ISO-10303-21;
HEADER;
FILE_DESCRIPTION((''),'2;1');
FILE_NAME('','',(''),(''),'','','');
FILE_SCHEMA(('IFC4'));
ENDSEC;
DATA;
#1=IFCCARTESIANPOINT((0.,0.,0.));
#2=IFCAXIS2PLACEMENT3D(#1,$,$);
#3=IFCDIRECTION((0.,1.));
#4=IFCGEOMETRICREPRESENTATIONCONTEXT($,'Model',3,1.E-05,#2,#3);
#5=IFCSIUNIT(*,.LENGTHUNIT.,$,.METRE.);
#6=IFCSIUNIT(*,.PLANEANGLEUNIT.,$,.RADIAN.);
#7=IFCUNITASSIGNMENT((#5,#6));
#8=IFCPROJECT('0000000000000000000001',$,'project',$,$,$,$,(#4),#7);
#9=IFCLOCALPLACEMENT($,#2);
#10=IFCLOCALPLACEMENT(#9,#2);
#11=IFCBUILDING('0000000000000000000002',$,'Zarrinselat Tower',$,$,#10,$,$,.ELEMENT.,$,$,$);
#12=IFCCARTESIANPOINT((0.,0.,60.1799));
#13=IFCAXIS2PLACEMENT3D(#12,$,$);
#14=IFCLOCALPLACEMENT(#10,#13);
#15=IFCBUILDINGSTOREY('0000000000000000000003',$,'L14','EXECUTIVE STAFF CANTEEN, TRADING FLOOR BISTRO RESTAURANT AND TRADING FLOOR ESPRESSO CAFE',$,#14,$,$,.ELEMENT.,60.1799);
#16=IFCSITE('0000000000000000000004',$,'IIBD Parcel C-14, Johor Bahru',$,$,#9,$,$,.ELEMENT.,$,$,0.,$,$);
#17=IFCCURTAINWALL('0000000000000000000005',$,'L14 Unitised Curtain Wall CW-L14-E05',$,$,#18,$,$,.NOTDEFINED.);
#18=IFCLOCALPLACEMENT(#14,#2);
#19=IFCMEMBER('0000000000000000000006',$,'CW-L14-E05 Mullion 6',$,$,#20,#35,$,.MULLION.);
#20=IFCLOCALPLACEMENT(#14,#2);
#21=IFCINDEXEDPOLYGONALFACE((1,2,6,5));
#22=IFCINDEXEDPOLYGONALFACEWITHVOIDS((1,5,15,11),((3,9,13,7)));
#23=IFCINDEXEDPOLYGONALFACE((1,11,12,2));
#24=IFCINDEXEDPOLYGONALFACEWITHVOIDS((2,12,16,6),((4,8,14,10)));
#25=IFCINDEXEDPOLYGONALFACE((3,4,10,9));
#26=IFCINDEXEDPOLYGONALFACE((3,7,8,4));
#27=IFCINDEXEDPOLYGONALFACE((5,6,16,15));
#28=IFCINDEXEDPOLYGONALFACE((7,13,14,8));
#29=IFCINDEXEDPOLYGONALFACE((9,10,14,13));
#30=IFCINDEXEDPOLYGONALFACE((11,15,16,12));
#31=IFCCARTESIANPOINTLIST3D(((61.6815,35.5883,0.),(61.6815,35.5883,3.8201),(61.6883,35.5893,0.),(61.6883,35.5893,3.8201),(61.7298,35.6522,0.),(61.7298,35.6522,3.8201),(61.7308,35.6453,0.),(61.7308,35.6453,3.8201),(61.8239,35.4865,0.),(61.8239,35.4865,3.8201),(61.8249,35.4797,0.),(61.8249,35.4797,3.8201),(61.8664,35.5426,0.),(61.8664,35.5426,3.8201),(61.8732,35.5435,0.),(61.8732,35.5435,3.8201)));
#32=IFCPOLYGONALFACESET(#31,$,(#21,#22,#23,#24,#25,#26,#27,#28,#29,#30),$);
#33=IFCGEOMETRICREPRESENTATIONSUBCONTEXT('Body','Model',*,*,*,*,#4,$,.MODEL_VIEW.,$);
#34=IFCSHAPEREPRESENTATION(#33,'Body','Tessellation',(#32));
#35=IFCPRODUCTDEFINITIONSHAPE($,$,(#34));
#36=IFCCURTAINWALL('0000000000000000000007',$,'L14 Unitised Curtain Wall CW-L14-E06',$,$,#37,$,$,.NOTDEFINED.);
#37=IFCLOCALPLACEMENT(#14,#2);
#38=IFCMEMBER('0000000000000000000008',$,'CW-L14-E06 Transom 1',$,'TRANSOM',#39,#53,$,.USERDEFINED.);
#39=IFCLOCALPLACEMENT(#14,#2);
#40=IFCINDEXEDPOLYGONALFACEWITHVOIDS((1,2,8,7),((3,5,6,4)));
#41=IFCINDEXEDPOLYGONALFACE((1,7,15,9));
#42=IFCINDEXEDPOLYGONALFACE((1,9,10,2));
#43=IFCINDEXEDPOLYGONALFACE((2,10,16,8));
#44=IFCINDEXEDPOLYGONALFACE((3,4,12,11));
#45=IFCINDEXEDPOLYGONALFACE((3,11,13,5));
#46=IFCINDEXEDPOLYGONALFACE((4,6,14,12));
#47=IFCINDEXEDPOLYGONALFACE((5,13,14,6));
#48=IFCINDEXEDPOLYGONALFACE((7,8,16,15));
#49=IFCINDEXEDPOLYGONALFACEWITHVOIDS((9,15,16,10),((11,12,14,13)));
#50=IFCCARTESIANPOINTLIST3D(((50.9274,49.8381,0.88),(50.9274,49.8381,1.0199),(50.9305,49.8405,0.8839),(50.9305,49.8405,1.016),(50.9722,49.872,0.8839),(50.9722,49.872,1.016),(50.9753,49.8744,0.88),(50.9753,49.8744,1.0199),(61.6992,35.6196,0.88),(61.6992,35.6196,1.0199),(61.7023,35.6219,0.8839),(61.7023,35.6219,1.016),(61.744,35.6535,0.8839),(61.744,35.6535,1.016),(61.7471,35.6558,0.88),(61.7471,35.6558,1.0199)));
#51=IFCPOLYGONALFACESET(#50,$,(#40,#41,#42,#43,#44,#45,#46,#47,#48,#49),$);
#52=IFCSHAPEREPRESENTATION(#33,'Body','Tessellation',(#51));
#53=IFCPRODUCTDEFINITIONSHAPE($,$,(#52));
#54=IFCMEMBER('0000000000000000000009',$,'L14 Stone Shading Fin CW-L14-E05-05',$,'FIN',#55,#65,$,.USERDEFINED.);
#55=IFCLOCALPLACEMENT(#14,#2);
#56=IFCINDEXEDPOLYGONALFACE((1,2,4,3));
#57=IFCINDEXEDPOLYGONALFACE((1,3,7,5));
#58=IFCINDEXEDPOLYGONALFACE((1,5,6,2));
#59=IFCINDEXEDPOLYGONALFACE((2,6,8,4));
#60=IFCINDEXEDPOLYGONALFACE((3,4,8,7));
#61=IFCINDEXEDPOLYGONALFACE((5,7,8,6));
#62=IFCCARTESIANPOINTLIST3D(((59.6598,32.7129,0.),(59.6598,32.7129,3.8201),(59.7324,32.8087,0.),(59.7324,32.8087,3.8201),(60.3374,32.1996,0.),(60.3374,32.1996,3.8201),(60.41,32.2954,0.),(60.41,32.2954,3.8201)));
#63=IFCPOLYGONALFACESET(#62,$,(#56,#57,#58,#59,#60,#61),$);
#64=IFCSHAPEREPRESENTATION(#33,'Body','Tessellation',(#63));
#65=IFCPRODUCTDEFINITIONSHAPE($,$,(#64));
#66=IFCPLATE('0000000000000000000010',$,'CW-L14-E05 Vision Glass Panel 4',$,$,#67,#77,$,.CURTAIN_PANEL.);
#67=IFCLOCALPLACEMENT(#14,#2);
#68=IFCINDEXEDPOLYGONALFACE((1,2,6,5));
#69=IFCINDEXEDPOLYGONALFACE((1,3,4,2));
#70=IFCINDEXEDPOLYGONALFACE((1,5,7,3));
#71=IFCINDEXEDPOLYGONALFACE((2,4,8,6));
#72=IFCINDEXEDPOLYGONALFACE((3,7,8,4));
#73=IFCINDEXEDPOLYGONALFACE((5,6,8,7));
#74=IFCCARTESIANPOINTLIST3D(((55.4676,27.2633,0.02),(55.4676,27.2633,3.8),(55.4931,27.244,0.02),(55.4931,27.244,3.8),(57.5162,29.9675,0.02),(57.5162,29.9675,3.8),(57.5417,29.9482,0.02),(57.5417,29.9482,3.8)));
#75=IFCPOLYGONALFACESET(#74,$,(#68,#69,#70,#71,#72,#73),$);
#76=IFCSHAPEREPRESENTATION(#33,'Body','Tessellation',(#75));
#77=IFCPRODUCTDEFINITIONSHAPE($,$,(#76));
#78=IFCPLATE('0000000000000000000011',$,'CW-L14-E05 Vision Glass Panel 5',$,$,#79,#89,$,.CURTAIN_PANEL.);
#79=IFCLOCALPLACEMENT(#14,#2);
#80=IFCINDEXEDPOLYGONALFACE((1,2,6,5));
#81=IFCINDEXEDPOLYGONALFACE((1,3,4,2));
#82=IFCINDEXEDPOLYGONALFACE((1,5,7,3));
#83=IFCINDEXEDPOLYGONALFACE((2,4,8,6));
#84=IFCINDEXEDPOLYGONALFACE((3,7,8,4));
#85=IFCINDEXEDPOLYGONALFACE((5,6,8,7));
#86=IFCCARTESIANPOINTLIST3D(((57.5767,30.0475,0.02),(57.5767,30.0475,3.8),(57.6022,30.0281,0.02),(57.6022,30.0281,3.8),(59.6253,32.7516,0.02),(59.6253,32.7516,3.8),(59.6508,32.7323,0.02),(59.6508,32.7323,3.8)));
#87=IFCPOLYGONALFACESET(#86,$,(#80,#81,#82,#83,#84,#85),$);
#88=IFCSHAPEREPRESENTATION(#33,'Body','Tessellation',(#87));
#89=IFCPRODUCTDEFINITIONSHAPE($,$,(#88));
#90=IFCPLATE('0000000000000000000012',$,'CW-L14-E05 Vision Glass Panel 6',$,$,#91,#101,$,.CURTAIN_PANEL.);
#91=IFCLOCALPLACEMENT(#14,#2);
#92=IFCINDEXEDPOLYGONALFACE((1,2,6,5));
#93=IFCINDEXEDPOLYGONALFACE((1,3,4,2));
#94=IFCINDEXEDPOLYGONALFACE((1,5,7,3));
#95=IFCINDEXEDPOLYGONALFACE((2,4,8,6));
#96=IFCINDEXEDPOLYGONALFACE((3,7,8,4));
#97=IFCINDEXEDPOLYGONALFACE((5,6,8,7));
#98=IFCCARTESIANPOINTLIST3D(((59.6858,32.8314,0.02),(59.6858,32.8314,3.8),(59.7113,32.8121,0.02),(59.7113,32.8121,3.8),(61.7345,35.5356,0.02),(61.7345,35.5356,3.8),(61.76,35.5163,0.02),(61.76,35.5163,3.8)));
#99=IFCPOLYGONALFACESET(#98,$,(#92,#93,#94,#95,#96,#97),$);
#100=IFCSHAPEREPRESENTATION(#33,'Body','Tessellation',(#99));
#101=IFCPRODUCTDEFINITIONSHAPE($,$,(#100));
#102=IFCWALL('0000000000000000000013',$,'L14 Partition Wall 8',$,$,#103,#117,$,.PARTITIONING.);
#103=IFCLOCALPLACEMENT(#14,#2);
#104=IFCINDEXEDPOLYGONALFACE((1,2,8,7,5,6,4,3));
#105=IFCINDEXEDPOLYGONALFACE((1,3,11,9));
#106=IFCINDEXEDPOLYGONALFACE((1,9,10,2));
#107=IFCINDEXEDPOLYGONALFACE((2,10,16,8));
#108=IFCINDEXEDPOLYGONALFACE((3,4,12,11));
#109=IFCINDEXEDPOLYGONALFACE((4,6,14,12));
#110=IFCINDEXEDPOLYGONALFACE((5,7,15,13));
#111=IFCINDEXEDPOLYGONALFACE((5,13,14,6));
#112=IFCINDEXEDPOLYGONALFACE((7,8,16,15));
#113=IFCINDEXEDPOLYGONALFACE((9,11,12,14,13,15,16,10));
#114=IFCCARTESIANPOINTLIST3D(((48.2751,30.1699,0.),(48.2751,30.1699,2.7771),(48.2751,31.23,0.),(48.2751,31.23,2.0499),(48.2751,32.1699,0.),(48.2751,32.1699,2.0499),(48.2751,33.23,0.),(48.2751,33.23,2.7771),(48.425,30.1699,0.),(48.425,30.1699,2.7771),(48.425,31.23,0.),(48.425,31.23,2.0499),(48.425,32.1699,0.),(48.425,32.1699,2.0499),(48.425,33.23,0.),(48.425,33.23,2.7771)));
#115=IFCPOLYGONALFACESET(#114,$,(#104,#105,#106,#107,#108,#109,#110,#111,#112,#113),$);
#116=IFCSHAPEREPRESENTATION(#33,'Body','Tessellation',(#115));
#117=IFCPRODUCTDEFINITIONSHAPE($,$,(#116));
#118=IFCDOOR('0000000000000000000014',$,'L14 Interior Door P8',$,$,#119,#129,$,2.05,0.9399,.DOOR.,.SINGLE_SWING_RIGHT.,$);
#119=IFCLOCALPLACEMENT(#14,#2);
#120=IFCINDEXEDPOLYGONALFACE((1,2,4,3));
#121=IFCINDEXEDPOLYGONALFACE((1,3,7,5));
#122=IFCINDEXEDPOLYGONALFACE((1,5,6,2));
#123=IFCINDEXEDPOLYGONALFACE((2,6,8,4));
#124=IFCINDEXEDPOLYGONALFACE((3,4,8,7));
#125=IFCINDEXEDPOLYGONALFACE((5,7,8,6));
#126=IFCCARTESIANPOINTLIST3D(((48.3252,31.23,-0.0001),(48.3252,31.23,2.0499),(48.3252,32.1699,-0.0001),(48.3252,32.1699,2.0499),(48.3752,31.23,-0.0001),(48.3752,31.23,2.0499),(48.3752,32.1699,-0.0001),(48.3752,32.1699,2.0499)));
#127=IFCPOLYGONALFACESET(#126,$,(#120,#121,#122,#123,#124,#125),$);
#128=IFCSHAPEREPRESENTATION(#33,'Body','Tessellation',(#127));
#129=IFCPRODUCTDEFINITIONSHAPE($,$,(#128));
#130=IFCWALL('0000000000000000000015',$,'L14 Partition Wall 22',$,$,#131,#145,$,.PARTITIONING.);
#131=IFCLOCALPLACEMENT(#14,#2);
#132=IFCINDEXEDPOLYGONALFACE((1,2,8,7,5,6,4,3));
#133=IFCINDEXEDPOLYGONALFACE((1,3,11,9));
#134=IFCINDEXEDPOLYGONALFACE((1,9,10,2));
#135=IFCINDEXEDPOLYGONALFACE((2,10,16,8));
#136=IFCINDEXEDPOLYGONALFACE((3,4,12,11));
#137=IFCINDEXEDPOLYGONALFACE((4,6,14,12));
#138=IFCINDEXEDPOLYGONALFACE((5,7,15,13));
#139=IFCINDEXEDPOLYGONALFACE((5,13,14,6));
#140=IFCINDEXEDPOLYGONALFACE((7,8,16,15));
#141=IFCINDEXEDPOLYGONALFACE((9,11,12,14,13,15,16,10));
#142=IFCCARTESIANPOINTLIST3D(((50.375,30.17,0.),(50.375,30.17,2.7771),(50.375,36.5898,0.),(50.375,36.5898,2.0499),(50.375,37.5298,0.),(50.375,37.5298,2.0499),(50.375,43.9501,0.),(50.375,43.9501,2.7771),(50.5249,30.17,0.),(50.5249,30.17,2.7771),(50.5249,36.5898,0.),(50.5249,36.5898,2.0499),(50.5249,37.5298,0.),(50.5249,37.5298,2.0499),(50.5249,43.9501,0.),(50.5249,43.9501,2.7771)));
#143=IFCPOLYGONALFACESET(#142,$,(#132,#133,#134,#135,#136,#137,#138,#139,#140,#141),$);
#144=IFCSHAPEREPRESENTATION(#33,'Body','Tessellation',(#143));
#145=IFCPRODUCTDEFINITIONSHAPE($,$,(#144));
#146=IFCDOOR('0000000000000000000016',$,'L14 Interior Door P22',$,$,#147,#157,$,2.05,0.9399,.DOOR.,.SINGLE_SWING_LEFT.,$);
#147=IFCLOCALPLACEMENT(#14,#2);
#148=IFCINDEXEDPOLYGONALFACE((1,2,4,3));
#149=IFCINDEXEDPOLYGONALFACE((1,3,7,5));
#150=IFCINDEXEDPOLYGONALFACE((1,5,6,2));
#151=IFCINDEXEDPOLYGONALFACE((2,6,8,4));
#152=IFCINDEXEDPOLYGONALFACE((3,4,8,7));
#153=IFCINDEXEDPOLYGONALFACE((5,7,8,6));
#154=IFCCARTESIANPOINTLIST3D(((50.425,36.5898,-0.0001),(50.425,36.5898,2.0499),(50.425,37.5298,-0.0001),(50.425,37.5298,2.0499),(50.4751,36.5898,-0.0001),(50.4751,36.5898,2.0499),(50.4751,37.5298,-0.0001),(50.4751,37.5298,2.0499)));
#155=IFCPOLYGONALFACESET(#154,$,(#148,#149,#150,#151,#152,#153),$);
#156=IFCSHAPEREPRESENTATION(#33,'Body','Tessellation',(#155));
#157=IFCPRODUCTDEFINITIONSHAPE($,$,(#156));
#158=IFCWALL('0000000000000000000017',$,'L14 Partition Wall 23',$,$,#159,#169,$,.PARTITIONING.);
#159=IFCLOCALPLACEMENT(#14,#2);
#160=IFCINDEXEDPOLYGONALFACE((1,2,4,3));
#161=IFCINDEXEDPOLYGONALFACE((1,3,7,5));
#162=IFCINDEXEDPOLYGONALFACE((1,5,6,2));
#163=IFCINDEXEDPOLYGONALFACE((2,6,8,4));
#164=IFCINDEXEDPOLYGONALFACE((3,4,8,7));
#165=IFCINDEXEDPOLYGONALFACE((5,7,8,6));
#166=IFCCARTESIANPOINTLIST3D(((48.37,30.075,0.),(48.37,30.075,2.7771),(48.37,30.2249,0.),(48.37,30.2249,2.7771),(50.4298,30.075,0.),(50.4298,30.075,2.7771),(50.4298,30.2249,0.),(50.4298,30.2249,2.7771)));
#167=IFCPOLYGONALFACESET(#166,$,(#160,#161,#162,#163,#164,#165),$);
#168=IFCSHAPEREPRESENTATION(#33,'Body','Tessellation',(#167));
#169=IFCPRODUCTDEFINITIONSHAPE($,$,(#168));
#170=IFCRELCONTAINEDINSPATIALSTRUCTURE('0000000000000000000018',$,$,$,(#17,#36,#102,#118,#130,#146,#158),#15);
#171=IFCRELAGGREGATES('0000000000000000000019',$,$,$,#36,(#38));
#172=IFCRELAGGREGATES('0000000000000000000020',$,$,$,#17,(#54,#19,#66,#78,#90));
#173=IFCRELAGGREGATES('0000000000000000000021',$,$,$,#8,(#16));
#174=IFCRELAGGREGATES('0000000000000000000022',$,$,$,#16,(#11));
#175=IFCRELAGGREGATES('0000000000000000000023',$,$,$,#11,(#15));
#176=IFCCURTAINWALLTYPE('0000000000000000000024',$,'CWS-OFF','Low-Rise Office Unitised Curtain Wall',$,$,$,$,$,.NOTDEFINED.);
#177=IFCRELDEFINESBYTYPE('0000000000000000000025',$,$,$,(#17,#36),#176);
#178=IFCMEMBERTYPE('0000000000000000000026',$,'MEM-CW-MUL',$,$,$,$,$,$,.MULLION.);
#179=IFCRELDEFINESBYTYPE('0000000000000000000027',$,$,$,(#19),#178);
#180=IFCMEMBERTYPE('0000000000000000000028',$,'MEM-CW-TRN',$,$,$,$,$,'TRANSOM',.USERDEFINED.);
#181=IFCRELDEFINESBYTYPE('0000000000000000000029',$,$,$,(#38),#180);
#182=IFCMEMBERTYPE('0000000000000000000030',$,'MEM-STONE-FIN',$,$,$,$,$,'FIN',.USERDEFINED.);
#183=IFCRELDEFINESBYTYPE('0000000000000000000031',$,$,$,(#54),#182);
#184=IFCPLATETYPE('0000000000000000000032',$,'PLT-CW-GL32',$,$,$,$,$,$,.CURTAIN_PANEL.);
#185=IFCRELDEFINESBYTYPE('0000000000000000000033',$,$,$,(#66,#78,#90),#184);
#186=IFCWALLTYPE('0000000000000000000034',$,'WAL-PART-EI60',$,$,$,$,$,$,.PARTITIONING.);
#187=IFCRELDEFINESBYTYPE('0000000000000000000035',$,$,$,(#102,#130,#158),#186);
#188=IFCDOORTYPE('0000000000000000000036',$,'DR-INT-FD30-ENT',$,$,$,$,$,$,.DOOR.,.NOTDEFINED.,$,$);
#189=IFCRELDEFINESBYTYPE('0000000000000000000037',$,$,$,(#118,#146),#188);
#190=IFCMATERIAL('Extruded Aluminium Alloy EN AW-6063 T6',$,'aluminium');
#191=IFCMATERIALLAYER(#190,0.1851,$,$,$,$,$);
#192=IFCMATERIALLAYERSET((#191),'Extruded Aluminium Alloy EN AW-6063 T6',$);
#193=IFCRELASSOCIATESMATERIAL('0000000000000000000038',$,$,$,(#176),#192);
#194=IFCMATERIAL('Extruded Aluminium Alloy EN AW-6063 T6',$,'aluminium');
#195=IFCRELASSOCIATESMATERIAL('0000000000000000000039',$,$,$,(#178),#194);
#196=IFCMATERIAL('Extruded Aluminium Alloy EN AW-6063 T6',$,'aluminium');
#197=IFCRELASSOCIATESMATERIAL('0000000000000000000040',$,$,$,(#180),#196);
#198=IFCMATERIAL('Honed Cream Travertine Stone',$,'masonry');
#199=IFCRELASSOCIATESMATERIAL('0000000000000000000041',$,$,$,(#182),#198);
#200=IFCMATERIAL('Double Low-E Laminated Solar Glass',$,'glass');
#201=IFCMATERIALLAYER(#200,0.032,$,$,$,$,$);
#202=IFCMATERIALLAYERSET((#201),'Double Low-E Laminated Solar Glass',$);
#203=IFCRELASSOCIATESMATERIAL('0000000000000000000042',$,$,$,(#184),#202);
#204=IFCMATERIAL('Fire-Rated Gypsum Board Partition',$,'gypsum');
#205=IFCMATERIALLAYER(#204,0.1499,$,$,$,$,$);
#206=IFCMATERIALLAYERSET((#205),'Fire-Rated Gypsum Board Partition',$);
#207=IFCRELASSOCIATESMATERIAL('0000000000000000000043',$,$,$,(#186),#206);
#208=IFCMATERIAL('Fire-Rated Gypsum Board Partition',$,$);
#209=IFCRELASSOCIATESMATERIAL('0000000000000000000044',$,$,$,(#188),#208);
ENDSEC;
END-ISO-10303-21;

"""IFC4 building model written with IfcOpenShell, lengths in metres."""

from ifc_helpers import new_model, si_unit, direction, frame, frame_2d, origin, origin_2d, place, context, subcontext, project, spatial, rectangle, hollow_rectangle, extrude, material, layer, layer_set, material_profile, profile_set, type_object, element, fill, aggregate, save


model = new_model("IFC4")

# Units and contexts
model_context = context("Model", 3, precision=1e-05, world=origin(), true_north=direction((0.0, 1.0)))
body_context = subcontext(model_context, "Body", "Model", "MODEL_VIEW")
ifc_project = project(units=[si_unit("LENGTHUNIT", "METRE"), si_unit("PLANEANGLEUNIT", "RADIAN")], contexts=[model_context])

# Site, building, storey
site_placement = place(None, origin())
site = spatial("IfcSite", under=ifc_project, at=site_placement, Name="IIBD Parcel C-14, Johor Bahru", CompositionType="ELEMENT", RefElevation=0.0)
building_placement = place(site_placement, origin())
building = spatial("IfcBuilding", under=site, at=building_placement, Name="Zarrinselat Tower", CompositionType="ELEMENT")
storey_placement = place(building_placement, frame((0.0, 0.0, 60.1799)))
storey = spatial("IfcBuildingStorey", under=building, at=storey_placement, Name="L14", Description="EXECUTIVE STAFF CANTEEN, TRADING FLOOR BISTRO RESTAURANT AND TRADING FLOOR ESPRESSO CAFE", CompositionType="ELEMENT", Elevation=60.1799)

# Curtain wall, member
ifc_material_1 = material(Name="Extruded Aluminium Alloy EN AW-6063 T6", Category="aluminium")
ifc_layer_1 = layer(ifc_material_1, 0.1851)
ifc_layer_set_1 = layer_set([ifc_layer_1], Name="Extruded Aluminium Alloy EN AW-6063 T6")
curtain_wall_type = type_object("IfcCurtainWallType", Name="CWS-OFF", Description="Low-Rise Office Unitised Curtain Wall", PredefinedType="NOTDEFINED", material=ifc_layer_set_1)
curtain_wall_1_placement = place(storey_placement, origin())
curtain_wall_1 = element("IfcCurtainWall", 1, at=curtain_wall_1_placement, inside=storey, type_object=curtain_wall_type, Name="L14 Unitised Curtain Wall CW-L14-E05", PredefinedType="NOTDEFINED")
ifc_material_2 = material(Name="Extruded Aluminium Alloy EN AW-6063 T6", Category="aluminium")
ifc_material_profile_1 = material_profile(ifc_material_2, hollow_rectangle(XDim=0.0801, YDim=0.1799, WallThickness=0.0049, at=origin_2d()), Name="RHS 180x80x5")
ifc_profile_set_1 = profile_set([ifc_material_profile_1], Name="Extruded Aluminium Alloy EN AW-6063 T6")
member_type_1 = type_object("IfcMemberType", Name="MEM-CW-MUL", PredefinedType="MULLION", material=ifc_profile_set_1)
member_1_placement = place(storey_placement, frame((61.7773, 35.5659, 0.0), z_axis=(0.0, 0.0, 1.0), x_axis=(0.603861, 0.79709, 0.0)))
member_1 = element("IfcMember", 2, at=member_1_placement, type_object=member_type_1, Name="CW-L14-E05 Mullion 6", PredefinedType="MULLION", context=body_context, shape_type="SweptSolid", body=[
    extrude(hollow_rectangle(XDim=0.0801, YDim=0.1799, WallThickness=0.0049, at=origin_2d()), origin(), (0.0, 0.0, 1.0), 3.8201),
])

# Curtain wall, member
curtain_wall_2_placement = place(storey_placement, origin())
curtain_wall_2 = element("IfcCurtainWall", 3, at=curtain_wall_2_placement, inside=storey, type_object=curtain_wall_type, Name="L14 Unitised Curtain Wall CW-L14-E06", PredefinedType="NOTDEFINED")
ifc_material_3 = material(Name="Extruded Aluminium Alloy EN AW-6063 T6", Category="aluminium")
ifc_material_profile_2 = material_profile(ifc_material_3, hollow_rectangle(XDim=0.0601, YDim=0.1399, WallThickness=0.0039, at=origin_2d()), Name="RHS 140x60x4")
ifc_profile_set_2 = profile_set([ifc_material_profile_2], Name="Extruded Aluminium Alloy EN AW-6063 T6")
member_type_2 = type_object("IfcMemberType", Name="MEM-CW-TRN", ElementType="TRANSOM", PredefinedType="USERDEFINED", material=ifc_profile_set_2)
member_2_placement = place(storey_placement, frame((61.7231, 35.6377, 0.95), z_axis=(-0.603862, 0.797089, 0.0), x_axis=(-0.797089, -0.603862, 0.0)))
member_2 = element("IfcMember", 4, at=member_2_placement, type_object=member_type_2, Name="CW-L14-E06 Transom 1", ObjectType="TRANSOM", PredefinedType="USERDEFINED", context=body_context, shape_type="SweptSolid", body=[
    extrude(hollow_rectangle(XDim=0.0601, YDim=0.1399, WallThickness=0.0039, at=origin_2d()), origin(), (0.0, 0.0, 1.0), 17.8381),
])
aggregate(curtain_wall_2, [member_2])

# Member
ifc_material_4 = material(Name="Honed Cream Travertine Stone", Category="masonry")
ifc_material_profile_3 = material_profile(ifc_material_4, rectangle(XDim=0.1201, YDim=0.8501, at=origin_2d()), Name="FIN 850x120")
ifc_profile_set_3 = profile_set([ifc_material_profile_3], Name="Honed Cream Travertine Stone")
member_type_3 = type_object("IfcMemberType", Name="MEM-STONE-FIN", ElementType="FIN", PredefinedType="USERDEFINED", material=ifc_profile_set_3)
member_3_placement = place(storey_placement, frame((60.0349, 32.5042, 0.0), z_axis=(0.0, 0.0, 1.0), x_axis=(-0.603861, -0.79709, 0.0)))
member_3 = element("IfcMember", 5, at=member_3_placement, type_object=member_type_3, Name="L14 Stone Shading Fin CW-L14-E05-05", ObjectType="FIN", PredefinedType="USERDEFINED", context=body_context, shape_type="SweptSolid", body=[
    extrude(rectangle(XDim=0.1201, YDim=0.8501, at=origin_2d()), origin(), (0.0, 0.0, 1.0), 3.8201),
])

# Plates
ifc_material_5 = material(Name="Double Low-E Laminated Solar Glass", Category="glass")
ifc_layer_2 = layer(ifc_material_5, 0.032)
ifc_layer_set_2 = layer_set([ifc_layer_2], Name="Double Low-E Laminated Solar Glass")
plate_type = type_object("IfcPlateType", Name="PLT-CW-GL32", PredefinedType="CURTAIN_PANEL", material=ifc_layer_set_2)
plate_1_placement = place(storey_placement, frame((56.5046, 28.6057, 0.02), z_axis=(0.0, 0.0, 1.0), x_axis=(0.603861, 0.79709, 0.0)))
plate_1 = element("IfcPlate", 6, at=plate_1_placement, type_object=plate_type, Name="CW-L14-E05 Vision Glass Panel 4", PredefinedType="CURTAIN_PANEL", context=body_context, shape_type="SweptSolid", body=[
    extrude(rectangle(XDim=3.3926, YDim=0.032, at=origin_2d()), origin(), (0.0, 0.0, 1.0), 3.78),
])
plate_2_placement = place(storey_placement, frame((58.6138, 31.3899, 0.02), z_axis=(0.0, 0.0, 1.0), x_axis=(0.603861, 0.79709, 0.0)))
plate_2 = element("IfcPlate", 7, at=plate_2_placement, type_object=plate_type, Name="CW-L14-E05 Vision Glass Panel 5", PredefinedType="CURTAIN_PANEL", context=body_context, shape_type="SweptSolid", body=[
    extrude(rectangle(XDim=3.3926, YDim=0.032, at=origin_2d()), origin(), (0.0, 0.0, 1.0), 3.78),
])
plate_3_placement = place(storey_placement, frame((60.7229, 34.1738, 0.02), z_axis=(0.0, 0.0, 1.0), x_axis=(0.603861, 0.79709, 0.0)))
plate_3 = element("IfcPlate", 8, at=plate_3_placement, type_object=plate_type, Name="CW-L14-E05 Vision Glass Panel 6", PredefinedType="CURTAIN_PANEL", context=body_context, shape_type="SweptSolid", body=[
    extrude(rectangle(XDim=3.3926, YDim=0.032, at=origin_2d()), origin(), (0.0, 0.0, 1.0), 3.78),
])
aggregate(curtain_wall_1, [member_3, member_1, plate_1, plate_2, plate_3])

# Walls, openings, doors
ifc_material_6 = material(Name="Fire-Rated Gypsum Board Partition", Category="gypsum")
ifc_layer_3 = layer(ifc_material_6, 0.1499)
ifc_layer_set_3 = layer_set([ifc_layer_3], Name="Fire-Rated Gypsum Board Partition")
wall_type = type_object("IfcWallType", Name="WAL-PART-EI60", PredefinedType="PARTITIONING", material=ifc_layer_set_3)
wall_1_placement = place(storey_placement, frame((48.3501, 30.1699, 0.0), z_axis=(0.0, 0.0, 1.0), x_axis=(0.0, 1.0, 0.0)))
wall_1 = element("IfcWall", 9, at=wall_1_placement, inside=storey, type_object=wall_type, Name="L14 Partition Wall 8", PredefinedType="PARTITIONING", context=body_context, shape_type="SweptSolid", body=[
    extrude(rectangle(XDim=3.0601, YDim=0.1499, at=frame_2d((1.53, 0.0))), origin(), (0.0, 0.0, 1.0), 2.7771),
])
opening_1_placement = place(wall_1_placement, frame((1.0601, 0.0, 0.0)))
opening_1 = element("IfcOpeningElement", 10, at=opening_1_placement, cuts=wall_1, PredefinedType="OPENING", context=body_context, shape_type="SweptSolid", body=[
    extrude(rectangle(XDim=0.9399, YDim=2.05, at=frame_2d((0.47, 1.0249))), frame((0.0, 0.085, 0.0), z_axis=(0.0, -1.0, 0.0), x_axis=(1.0, 0.0, 0.0)), (0.0, 0.0, 1.0), 0.1699),
])
ifc_material_7 = material(Name="Fire-Rated Gypsum Board Partition")
door_type = type_object("IfcDoorType", Name="DR-INT-FD30-ENT", OperationType="NOTDEFINED", PredefinedType="DOOR", material=ifc_material_7)
door_1_placement = place(opening_1_placement, origin())
door_1 = element("IfcDoor", 11, at=door_1_placement, inside=storey, type_object=door_type, Name="L14 Interior Door P8", OperationType="SINGLE_SWING_RIGHT", OverallHeight=2.05, OverallWidth=0.9399, PredefinedType="DOOR", context=body_context, shape_type="SweptSolid", body=[
    extrude(rectangle(XDim=0.9399, YDim=2.05, at=frame_2d((0.47, 1.0249))), frame((0.0, 0.0249, 0.0), z_axis=(0.0, -1.0, 0.0), x_axis=(1.0, 0.0, 0.0)), (0.0, 0.0, 1.0), 0.05),
])
fill(opening_1, door_1)
wall_2_placement = place(storey_placement, frame((50.45, 30.1699, 0.0), z_axis=(0.0, 0.0, 1.0), x_axis=(0.0, 1.0, 0.0)))
wall_2 = element("IfcWall", 12, at=wall_2_placement, inside=storey, type_object=wall_type, Name="L14 Partition Wall 22", PredefinedType="PARTITIONING", context=body_context, shape_type="SweptSolid", body=[
    extrude(rectangle(XDim=13.78, YDim=0.1499, at=frame_2d((6.8901, 0.0))), origin(), (0.0, 0.0, 1.0), 2.7771),
])
opening_2_placement = place(wall_2_placement, frame((6.4199, 0.0, 0.0)))
opening_2 = element("IfcOpeningElement", 13, at=opening_2_placement, cuts=wall_2, PredefinedType="OPENING", context=body_context, shape_type="SweptSolid", body=[
    extrude(rectangle(XDim=0.9399, YDim=2.05, at=frame_2d((0.47, 1.0249))), frame((0.0, 0.085, 0.0), z_axis=(0.0, -1.0, 0.0), x_axis=(1.0, 0.0, 0.0)), (0.0, 0.0, 1.0), 0.1699),
])
door_2_placement = place(opening_2_placement, origin())
door_2 = element("IfcDoor", 14, at=door_2_placement, inside=storey, type_object=door_type, Name="L14 Interior Door P22", OperationType="SINGLE_SWING_LEFT", OverallHeight=2.05, OverallWidth=0.9399, PredefinedType="DOOR", context=body_context, shape_type="SweptSolid", body=[
    extrude(rectangle(XDim=0.9399, YDim=2.05, at=frame_2d((0.47, 1.0249))), frame((0.0, 0.0249, 0.0), z_axis=(0.0, -1.0, 0.0), x_axis=(1.0, 0.0, 0.0)), (0.0, 0.0, 1.0), 0.05),
])
fill(opening_2, door_2)

# Wall
wall_3_placement = place(storey_placement, frame((48.3701, 30.1499, 0.0), z_axis=(0.0, 0.0, 1.0), x_axis=(1.0, 0.0, 0.0)))
element("IfcWall", 15, at=wall_3_placement, inside=storey, type_object=wall_type, Name="L14 Partition Wall 23", PredefinedType="PARTITIONING", context=body_context, shape_type="SweptSolid", body=[
    extrude(rectangle(XDim=2.0598, YDim=0.1499, at=frame_2d((1.0298, 0.0))), origin(), (0.0, 0.0, 1.0), 2.7771),
])

save(model, "model.ifc")
